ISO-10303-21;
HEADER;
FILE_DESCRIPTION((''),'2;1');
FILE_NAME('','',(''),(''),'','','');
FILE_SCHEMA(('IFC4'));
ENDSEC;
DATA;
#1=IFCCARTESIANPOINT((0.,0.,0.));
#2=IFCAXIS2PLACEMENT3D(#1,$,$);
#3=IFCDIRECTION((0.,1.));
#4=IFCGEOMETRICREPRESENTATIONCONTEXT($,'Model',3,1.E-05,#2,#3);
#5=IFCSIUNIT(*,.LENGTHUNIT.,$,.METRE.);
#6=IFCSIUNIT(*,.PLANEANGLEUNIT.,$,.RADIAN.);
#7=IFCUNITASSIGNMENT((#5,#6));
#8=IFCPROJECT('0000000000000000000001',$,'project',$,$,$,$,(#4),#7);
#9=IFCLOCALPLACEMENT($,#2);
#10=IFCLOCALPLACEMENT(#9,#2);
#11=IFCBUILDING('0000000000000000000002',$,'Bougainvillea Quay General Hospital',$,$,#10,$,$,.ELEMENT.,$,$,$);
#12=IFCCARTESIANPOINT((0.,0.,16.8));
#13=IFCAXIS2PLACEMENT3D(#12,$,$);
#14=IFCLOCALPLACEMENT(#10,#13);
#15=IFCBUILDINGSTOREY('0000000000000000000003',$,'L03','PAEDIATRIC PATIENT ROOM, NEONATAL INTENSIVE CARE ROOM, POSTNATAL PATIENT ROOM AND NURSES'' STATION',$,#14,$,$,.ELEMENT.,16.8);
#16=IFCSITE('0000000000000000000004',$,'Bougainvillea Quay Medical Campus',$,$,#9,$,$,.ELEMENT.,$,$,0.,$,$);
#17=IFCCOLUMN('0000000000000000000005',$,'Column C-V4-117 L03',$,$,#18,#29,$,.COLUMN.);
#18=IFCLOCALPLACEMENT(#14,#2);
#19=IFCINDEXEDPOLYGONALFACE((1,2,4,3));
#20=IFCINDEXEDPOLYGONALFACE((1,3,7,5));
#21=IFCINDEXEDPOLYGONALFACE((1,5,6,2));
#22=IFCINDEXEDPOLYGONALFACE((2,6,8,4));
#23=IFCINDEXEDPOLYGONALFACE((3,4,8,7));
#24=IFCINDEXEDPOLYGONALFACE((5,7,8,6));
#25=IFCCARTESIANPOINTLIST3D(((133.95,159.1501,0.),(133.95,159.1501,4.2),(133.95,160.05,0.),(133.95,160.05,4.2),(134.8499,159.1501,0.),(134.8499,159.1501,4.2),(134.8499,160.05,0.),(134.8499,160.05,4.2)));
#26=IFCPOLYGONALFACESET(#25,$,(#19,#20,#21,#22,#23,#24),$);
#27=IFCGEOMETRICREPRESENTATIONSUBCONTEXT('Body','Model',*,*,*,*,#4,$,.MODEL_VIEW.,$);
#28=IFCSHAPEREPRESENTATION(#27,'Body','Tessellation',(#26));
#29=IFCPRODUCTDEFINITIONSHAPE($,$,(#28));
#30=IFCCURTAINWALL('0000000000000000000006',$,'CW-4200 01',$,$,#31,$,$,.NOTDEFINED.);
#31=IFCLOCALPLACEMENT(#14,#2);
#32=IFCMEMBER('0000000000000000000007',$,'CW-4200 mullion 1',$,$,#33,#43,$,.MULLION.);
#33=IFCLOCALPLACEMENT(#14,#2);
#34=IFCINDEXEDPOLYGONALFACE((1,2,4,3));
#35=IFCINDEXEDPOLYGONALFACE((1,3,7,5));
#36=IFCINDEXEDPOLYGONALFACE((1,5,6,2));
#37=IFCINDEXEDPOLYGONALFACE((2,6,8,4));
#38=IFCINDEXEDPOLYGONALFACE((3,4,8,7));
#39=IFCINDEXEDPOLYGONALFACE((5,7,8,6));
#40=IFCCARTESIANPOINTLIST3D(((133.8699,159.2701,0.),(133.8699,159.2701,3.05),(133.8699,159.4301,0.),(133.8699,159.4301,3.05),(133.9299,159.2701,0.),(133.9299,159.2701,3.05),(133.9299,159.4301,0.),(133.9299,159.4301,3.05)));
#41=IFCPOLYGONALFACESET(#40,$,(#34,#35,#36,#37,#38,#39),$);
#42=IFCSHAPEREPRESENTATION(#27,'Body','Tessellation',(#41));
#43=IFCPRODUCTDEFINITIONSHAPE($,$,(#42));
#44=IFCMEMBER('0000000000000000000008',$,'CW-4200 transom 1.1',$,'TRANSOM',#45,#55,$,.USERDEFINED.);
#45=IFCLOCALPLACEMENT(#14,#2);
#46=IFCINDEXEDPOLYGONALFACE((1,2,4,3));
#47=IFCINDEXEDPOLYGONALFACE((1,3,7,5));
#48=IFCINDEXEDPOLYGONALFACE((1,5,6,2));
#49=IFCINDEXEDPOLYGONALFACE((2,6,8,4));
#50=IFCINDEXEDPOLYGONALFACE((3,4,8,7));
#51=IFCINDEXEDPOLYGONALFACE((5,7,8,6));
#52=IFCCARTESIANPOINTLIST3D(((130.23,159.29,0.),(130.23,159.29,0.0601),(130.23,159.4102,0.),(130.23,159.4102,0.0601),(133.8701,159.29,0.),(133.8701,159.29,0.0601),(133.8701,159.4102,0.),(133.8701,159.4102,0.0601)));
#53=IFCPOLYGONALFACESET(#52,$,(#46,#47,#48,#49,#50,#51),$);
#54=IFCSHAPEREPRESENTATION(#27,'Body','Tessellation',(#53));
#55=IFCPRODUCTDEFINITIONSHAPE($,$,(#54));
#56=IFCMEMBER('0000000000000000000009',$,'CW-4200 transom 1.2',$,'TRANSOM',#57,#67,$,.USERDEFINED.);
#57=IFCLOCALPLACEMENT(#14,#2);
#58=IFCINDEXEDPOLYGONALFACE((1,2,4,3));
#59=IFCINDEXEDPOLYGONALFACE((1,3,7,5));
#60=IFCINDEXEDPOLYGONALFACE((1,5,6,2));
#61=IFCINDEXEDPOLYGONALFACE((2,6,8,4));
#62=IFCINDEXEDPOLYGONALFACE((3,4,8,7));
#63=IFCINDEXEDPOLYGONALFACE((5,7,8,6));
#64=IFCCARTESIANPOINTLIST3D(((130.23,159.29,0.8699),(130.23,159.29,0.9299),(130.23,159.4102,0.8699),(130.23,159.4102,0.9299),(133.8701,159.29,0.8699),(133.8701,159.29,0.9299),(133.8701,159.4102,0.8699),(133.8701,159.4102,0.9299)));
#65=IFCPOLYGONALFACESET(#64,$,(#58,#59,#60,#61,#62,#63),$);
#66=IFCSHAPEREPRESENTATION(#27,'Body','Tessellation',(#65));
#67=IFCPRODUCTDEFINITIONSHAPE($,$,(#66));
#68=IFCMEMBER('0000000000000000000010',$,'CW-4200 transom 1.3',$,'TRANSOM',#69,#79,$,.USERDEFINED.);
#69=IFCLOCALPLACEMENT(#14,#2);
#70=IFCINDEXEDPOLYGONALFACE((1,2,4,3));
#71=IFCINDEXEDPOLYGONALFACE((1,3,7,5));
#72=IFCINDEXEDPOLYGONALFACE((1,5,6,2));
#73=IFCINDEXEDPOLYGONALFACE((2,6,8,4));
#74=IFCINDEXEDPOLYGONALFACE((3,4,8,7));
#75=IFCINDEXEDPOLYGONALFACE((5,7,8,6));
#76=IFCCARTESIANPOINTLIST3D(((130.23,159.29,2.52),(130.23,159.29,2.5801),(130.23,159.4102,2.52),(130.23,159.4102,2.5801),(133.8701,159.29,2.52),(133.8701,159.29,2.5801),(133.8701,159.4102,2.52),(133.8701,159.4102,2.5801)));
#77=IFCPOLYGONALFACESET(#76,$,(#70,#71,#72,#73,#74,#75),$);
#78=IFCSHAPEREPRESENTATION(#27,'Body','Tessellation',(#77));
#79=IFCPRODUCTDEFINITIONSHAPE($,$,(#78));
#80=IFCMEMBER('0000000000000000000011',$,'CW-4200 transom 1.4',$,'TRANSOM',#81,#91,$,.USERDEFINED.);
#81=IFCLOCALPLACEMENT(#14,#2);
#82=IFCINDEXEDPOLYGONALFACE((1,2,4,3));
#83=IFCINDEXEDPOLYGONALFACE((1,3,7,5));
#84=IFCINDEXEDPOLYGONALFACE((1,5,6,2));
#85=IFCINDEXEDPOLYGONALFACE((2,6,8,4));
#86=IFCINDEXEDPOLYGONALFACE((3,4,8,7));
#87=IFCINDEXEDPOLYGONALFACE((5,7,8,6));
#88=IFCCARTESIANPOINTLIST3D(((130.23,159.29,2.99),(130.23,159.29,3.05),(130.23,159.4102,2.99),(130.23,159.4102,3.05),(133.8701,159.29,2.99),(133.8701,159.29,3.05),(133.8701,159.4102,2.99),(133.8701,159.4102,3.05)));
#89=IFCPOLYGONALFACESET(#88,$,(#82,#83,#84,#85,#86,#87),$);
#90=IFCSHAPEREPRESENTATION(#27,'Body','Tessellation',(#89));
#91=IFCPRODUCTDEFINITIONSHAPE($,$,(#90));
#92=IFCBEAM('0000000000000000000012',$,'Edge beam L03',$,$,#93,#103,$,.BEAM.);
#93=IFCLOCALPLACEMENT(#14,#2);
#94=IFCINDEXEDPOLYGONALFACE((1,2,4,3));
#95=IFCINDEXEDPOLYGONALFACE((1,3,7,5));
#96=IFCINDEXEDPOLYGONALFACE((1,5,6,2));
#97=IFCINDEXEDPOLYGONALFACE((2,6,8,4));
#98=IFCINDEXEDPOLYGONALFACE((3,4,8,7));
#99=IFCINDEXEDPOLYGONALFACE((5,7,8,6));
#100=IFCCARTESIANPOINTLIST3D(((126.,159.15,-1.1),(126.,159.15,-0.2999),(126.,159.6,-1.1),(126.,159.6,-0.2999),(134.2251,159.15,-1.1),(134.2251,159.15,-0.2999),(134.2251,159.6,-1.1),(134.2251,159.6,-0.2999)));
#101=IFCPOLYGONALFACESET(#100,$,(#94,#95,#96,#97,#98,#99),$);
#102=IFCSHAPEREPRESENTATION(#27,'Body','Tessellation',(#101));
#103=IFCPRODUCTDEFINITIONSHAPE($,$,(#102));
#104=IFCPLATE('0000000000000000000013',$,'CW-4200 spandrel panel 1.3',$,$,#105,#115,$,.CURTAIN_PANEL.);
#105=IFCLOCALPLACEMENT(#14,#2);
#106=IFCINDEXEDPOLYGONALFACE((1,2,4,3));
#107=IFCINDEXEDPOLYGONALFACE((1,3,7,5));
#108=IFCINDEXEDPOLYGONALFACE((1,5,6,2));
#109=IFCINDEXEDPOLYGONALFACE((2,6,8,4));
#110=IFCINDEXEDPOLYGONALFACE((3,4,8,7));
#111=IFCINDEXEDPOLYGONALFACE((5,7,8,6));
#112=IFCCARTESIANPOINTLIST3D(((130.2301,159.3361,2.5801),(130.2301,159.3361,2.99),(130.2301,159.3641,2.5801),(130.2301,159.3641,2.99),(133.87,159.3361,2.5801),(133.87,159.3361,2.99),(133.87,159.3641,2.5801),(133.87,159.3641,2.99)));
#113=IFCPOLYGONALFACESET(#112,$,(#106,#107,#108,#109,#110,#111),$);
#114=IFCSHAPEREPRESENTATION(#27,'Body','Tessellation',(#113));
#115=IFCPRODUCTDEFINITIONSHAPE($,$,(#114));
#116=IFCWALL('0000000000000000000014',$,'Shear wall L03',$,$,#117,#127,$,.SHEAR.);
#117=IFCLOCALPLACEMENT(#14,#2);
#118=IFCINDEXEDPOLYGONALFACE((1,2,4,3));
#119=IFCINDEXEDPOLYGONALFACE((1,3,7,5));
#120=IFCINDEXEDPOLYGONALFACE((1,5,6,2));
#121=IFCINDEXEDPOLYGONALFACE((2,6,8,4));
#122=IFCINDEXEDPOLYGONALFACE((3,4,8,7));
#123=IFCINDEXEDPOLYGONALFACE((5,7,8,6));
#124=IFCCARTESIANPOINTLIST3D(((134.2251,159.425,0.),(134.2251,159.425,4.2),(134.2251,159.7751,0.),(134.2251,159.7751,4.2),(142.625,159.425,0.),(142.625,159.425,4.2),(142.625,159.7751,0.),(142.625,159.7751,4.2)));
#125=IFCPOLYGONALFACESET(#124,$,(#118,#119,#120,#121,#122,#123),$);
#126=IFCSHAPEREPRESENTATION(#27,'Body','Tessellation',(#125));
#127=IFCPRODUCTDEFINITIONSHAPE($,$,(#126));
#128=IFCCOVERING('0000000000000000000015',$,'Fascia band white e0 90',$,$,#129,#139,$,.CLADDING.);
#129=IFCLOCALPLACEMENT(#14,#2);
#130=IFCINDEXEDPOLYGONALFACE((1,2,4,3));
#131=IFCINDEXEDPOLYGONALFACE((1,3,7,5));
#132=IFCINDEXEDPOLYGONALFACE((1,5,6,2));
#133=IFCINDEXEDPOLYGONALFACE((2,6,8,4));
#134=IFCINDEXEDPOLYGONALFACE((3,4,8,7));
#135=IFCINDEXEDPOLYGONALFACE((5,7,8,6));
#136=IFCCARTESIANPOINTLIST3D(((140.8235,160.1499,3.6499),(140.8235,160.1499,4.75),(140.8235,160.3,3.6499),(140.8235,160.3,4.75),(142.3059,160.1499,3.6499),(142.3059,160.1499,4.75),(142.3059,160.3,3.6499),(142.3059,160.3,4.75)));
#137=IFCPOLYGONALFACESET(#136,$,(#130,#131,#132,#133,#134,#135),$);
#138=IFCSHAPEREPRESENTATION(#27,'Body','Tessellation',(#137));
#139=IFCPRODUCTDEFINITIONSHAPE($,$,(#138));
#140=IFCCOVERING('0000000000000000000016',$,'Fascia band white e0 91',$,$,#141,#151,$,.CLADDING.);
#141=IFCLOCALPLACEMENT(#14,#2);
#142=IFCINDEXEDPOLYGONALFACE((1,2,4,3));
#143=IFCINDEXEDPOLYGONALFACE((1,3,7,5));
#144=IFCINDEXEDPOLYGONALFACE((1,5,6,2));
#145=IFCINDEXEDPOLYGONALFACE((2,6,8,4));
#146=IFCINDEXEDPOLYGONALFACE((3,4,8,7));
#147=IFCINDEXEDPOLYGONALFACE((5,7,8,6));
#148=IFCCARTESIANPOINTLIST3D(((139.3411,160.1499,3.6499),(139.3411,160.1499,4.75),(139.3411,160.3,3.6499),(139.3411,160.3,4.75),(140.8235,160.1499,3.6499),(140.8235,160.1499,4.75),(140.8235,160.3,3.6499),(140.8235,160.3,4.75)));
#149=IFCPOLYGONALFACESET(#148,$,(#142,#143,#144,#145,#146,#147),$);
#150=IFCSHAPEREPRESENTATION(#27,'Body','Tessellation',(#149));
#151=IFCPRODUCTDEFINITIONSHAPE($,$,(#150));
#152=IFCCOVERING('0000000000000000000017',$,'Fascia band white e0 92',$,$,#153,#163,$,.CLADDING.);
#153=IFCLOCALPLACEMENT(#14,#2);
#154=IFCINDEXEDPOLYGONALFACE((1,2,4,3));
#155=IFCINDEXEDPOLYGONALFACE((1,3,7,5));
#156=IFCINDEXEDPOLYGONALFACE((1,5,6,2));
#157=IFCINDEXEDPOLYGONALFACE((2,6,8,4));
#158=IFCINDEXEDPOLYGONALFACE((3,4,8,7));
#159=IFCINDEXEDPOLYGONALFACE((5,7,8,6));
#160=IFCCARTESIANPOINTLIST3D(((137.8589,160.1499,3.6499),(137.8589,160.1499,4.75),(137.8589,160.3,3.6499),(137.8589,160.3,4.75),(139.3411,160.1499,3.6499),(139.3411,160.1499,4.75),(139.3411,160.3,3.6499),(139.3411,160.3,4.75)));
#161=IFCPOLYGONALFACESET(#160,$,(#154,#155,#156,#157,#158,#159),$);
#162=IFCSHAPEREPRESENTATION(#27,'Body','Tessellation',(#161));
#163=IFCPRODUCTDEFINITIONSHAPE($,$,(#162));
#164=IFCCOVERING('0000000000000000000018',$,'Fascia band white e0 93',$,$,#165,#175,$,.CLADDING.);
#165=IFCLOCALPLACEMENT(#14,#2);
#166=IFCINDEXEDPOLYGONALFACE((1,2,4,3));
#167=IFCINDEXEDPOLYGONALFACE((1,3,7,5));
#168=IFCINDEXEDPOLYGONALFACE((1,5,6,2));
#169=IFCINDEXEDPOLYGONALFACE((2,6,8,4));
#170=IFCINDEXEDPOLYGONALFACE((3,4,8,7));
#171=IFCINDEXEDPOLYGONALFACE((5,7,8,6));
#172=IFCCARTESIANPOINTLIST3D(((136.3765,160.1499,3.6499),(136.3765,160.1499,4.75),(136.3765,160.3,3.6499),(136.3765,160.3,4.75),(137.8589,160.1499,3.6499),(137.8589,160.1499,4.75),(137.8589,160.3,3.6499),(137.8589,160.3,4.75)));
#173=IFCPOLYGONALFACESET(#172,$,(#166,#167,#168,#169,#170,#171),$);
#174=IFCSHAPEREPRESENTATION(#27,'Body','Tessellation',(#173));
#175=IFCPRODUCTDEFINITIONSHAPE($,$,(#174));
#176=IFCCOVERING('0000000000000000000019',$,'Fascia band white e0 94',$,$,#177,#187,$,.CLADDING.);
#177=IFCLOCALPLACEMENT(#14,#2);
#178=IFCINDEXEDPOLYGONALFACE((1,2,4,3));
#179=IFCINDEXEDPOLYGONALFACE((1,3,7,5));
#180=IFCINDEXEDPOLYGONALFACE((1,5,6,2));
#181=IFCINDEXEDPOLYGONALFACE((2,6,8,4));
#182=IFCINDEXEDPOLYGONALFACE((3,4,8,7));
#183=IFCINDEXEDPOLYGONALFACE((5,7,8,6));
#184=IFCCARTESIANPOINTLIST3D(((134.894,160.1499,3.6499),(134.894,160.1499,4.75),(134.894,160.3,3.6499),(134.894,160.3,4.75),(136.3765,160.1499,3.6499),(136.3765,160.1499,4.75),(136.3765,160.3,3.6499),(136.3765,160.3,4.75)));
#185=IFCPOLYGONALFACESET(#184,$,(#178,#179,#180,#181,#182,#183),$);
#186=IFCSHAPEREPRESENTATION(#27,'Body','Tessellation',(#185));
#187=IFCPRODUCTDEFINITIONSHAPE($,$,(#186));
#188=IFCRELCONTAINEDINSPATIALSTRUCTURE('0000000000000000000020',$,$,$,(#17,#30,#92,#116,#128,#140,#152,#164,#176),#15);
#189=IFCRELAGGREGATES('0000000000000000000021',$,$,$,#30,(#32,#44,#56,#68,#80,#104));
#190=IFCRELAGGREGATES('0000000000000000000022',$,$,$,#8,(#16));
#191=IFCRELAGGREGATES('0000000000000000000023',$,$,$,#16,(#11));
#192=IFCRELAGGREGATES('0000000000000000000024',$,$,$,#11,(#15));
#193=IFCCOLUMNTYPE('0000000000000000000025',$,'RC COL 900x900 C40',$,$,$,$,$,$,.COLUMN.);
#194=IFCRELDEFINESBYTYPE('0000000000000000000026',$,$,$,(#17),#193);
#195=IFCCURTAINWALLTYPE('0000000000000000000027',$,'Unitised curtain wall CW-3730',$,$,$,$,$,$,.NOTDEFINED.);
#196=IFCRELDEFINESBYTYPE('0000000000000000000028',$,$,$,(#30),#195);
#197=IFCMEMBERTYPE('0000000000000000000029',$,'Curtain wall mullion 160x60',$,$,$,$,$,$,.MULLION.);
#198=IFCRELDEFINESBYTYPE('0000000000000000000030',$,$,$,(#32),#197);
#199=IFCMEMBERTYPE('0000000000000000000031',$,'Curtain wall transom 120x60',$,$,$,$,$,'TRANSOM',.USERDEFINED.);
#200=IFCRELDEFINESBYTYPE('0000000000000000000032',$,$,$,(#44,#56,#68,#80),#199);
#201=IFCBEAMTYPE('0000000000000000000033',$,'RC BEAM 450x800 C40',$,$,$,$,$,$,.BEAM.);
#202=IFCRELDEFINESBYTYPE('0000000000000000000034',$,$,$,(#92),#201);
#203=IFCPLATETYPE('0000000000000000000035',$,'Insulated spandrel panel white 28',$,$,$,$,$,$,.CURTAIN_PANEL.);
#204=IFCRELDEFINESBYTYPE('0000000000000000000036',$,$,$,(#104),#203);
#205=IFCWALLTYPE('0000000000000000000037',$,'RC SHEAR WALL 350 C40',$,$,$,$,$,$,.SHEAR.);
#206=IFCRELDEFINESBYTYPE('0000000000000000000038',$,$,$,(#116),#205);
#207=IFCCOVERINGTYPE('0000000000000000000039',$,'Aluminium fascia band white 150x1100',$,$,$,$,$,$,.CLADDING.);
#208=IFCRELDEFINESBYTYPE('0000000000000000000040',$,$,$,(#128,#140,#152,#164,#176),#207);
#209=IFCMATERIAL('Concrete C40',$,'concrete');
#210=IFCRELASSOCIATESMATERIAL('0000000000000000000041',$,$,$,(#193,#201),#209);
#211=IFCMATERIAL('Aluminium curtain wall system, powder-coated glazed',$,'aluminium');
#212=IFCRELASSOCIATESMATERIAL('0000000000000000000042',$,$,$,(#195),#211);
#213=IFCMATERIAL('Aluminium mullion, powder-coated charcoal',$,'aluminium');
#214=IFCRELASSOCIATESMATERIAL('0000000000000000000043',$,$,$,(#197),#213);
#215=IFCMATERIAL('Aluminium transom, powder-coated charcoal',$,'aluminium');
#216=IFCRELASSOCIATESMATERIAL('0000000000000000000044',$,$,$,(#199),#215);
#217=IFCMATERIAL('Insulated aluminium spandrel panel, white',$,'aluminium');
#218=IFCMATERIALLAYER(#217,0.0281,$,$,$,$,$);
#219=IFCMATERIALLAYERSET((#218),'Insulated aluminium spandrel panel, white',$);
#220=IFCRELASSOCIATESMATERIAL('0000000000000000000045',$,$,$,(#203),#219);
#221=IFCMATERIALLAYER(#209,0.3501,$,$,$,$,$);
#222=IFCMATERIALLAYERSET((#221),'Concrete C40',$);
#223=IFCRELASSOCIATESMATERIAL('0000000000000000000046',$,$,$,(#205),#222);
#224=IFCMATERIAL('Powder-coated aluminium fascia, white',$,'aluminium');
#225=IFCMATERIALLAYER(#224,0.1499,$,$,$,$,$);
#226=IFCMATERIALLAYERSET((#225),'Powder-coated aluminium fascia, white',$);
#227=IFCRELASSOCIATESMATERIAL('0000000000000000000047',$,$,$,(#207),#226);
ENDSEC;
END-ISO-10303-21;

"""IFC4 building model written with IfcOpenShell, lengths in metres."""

from ifc_helpers import new_model, si_unit, direction, frame, frame_2d, origin, origin_2d, place, context, subcontext, project, spatial, polyline, rectangle, outline, extrude, material, layer, layer_set, material_profile, profile_set, type_object, element, aggregate, save


model = new_model("IFC4")

# Units and contexts
model_context = context("Model", 3, precision=1e-05, world=origin(), true_north=direction((0.0, 1.0)))
body_context = subcontext(model_context, "Body", "Model", "MODEL_VIEW")
ifc_project = project(units=[si_unit("LENGTHUNIT", "METRE"), si_unit("PLANEANGLEUNIT", "RADIAN")], contexts=[model_context])

# Site, building, storey
site_placement = place(None, origin())
site = spatial("IfcSite", under=ifc_project, at=site_placement, Name="Bougainvillea Quay Medical Campus", CompositionType="ELEMENT", RefElevation=0.0)
building_placement = place(site_placement, origin())
building = spatial("IfcBuilding", under=site, at=building_placement, Name="Bougainvillea Quay General Hospital", CompositionType="ELEMENT")
storey_placement = place(building_placement, frame((0.0, 0.0, 16.8)))
storey = spatial("IfcBuildingStorey", under=building, at=storey_placement, Name="L03", Description="PAEDIATRIC PATIENT ROOM, NEONATAL INTENSIVE CARE ROOM, POSTNATAL PATIENT ROOM AND NURSES' STATION", CompositionType="ELEMENT", Elevation=16.8)

# Column
ifc_material_1 = material(Name="Concrete C40", Category="concrete")
ifc_material_profile_1 = material_profile(ifc_material_1, rectangle(XDim=0.8999, YDim=0.8999, at=origin_2d()))
ifc_profile_set_1 = profile_set([ifc_material_profile_1], Name="Concrete C40")
column_type = type_object("IfcColumnType", Name="RC COL 900x900 C40", PredefinedType="COLUMN", material=ifc_profile_set_1)
column_placement = place(storey_placement, frame((134.3999, 159.6001, 0.0), z_axis=(0.0, 0.0, 1.0), x_axis=(1.0, 0.0, 0.0)))
element("IfcColumn", 1, at=column_placement, inside=storey, type_object=column_type, Name="Column C-V4-117 L03", PredefinedType="COLUMN", context=body_context, shape_type="SweptSolid", body=[
    extrude(rectangle(XDim=0.8999, YDim=0.8999, at=origin_2d()), origin(), (0.0, 0.0, 1.0), 4.2),
])

# Curtain wall, members
ifc_material_2 = material(Name="Aluminium curtain wall system, powder-coated glazed", Category="aluminium")
curtain_wall_type = type_object("IfcCurtainWallType", Name="Unitised curtain wall CW-3730", PredefinedType="NOTDEFINED", material=ifc_material_2)
curtain_wall_placement = place(storey_placement, origin())
curtain_wall = element("IfcCurtainWall", 2, at=curtain_wall_placement, inside=storey, type_object=curtain_wall_type, Name="CW-4200 01", PredefinedType="NOTDEFINED")
ifc_material_3 = material(Name="Aluminium mullion, powder-coated charcoal", Category="aluminium")
ifc_material_profile_2 = material_profile(ifc_material_3, rectangle(XDim=0.1599, YDim=0.0601, at=origin_2d()))
ifc_profile_set_2 = profile_set([ifc_material_profile_2], Name="Aluminium mullion, powder-coated charcoal")
member_type_1 = type_object("IfcMemberType", Name="Curtain wall mullion 160x60", PredefinedType="MULLION", material=ifc_profile_set_2)
member_1_placement = place(storey_placement, frame((133.8999, 159.3501, 0.0), z_axis=(0.0, 0.0, 1.0), x_axis=(0.0, -1.0, 0.0)))
member_1 = element("IfcMember", 3, at=member_1_placement, type_object=member_type_1, Name="CW-4200 mullion 1", PredefinedType="MULLION", context=body_context, shape_type="SweptSolid", body=[
    extrude(rectangle(XDim=0.1599, YDim=0.0601, at=origin_2d()), origin(), (0.0, 0.0, 1.0), 3.05),
])
ifc_material_4 = material(Name="Aluminium transom, powder-coated charcoal", Category="aluminium")
ifc_material_profile_3 = material_profile(ifc_material_4, rectangle(XDim=0.1201, YDim=0.0601, at=origin_2d()))
ifc_profile_set_3 = profile_set([ifc_material_profile_3], Name="Aluminium transom, powder-coated charcoal")
member_type_2 = type_object("IfcMemberType", Name="Curtain wall transom 120x60", ElementType="TRANSOM", PredefinedType="USERDEFINED", material=ifc_profile_set_3)
member_2_placement = place(storey_placement, frame((133.8701, 159.3501, 0.03), z_axis=(-1.0, 0.0, 0.0), x_axis=(0.0, -1.0, 0.0)))
member_2 = element("IfcMember", 4, at=member_2_placement, type_object=member_type_2, Name="CW-4200 transom 1.1", ObjectType="TRANSOM", PredefinedType="USERDEFINED", context=body_context, shape_type="SweptSolid", body=[
    extrude(rectangle(XDim=0.1201, YDim=0.0601, at=origin_2d()), origin(), (0.0, 0.0, 1.0), 3.6401),
])
member_3_placement = place(storey_placement, frame((133.8701, 159.3501, 0.8999), z_axis=(-1.0, 0.0, 0.0), x_axis=(0.0, -1.0, 0.0)))
member_3 = element("IfcMember", 5, at=member_3_placement, type_object=member_type_2, Name="CW-4200 transom 1.2", ObjectType="TRANSOM", PredefinedType="USERDEFINED", context=body_context, shape_type="SweptSolid", body=[
    extrude(rectangle(XDim=0.1201, YDim=0.0601, at=origin_2d()), origin(), (0.0, 0.0, 1.0), 3.6401),
])
member_4_placement = place(storey_placement, frame((133.8701, 159.3501, 2.55), z_axis=(-1.0, 0.0, 0.0), x_axis=(0.0, -1.0, 0.0)))
member_4 = element("IfcMember", 6, at=member_4_placement, type_object=member_type_2, Name="CW-4200 transom 1.3", ObjectType="TRANSOM", PredefinedType="USERDEFINED", context=body_context, shape_type="SweptSolid", body=[
    extrude(rectangle(XDim=0.1201, YDim=0.0601, at=origin_2d()), origin(), (0.0, 0.0, 1.0), 3.6401),
])
member_5_placement = place(storey_placement, frame((133.8701, 159.3501, 3.02), z_axis=(-1.0, 0.0, 0.0), x_axis=(0.0, -1.0, 0.0)))
member_5 = element("IfcMember", 7, at=member_5_placement, type_object=member_type_2, Name="CW-4200 transom 1.4", ObjectType="TRANSOM", PredefinedType="USERDEFINED", context=body_context, shape_type="SweptSolid", body=[
    extrude(rectangle(XDim=0.1201, YDim=0.0601, at=origin_2d()), origin(), (0.0, 0.0, 1.0), 3.6401),
])

# Beam
ifc_material_profile_4 = material_profile(ifc_material_1, rectangle(XDim=0.45, YDim=0.8, at=origin_2d()))
ifc_profile_set_4 = profile_set([ifc_material_profile_4], Name="Concrete C40")
beam_type = type_object("IfcBeamType", Name="RC BEAM 450x800 C40", PredefinedType="BEAM", material=ifc_profile_set_4)
beam_placement = place(storey_placement, frame((134.2251, 159.375, -0.7), z_axis=(-1.0, 0.0, 0.0), x_axis=(0.0, -1.0, 0.0)))
element("IfcBeam", 8, at=beam_placement, inside=storey, type_object=beam_type, Name="Edge beam L03", PredefinedType="BEAM", context=body_context, shape_type="SweptSolid", body=[
    extrude(rectangle(XDim=0.45, YDim=0.8, at=origin_2d()), origin(), (0.0, 0.0, 1.0), 8.2251),
])

# Plate
ifc_material_5 = material(Name="Insulated aluminium spandrel panel, white", Category="aluminium")
ifc_layer_1 = layer(ifc_material_5, 0.0281)
ifc_layer_set_1 = layer_set([ifc_layer_1], Name="Insulated aluminium spandrel panel, white")
plate_type = type_object("IfcPlateType", Name="Insulated spandrel panel white 28", PredefinedType="CURTAIN_PANEL", material=ifc_layer_set_1)
plate_placement = place(storey_placement, frame((132.05, 159.3501, 2.5801), z_axis=(0.0, 0.0, 1.0), x_axis=(-1.0, 0.0, 0.0)))
plate = element("IfcPlate", 9, at=plate_placement, type_object=plate_type, Name="CW-4200 spandrel panel 1.3", PredefinedType="CURTAIN_PANEL", context=body_context, shape_type="SweptSolid", body=[
    extrude(rectangle(XDim=3.6399, YDim=0.0281, at=origin_2d()), origin(), (0.0, 0.0, 1.0), 0.4099),
])
aggregate(curtain_wall, [member_1, member_2, member_3, member_4, member_5, plate])

# Wall
ifc_layer_2 = layer(ifc_material_1, 0.3501)
ifc_layer_set_2 = layer_set([ifc_layer_2], Name="Concrete C40")
wall_type = type_object("IfcWallType", Name="RC SHEAR WALL 350 C40", PredefinedType="SHEAR", material=ifc_layer_set_2)
wall_placement = place(storey_placement, frame((134.2251, 159.6001, 0.0), z_axis=(0.0, 0.0, 1.0), x_axis=(1.0, 0.0, 0.0)))
element("IfcWall", 10, at=wall_placement, inside=storey, type_object=wall_type, Name="Shear wall L03", PredefinedType="SHEAR", context=body_context, shape_type="SweptSolid", body=[
    extrude(rectangle(XDim=8.3999, YDim=0.3501, at=frame_2d((4.2, 0.0))), origin(), (0.0, 0.0, 1.0), 4.2),
])

# Coverings
ifc_material_6 = material(Name="Powder-coated aluminium fascia, white", Category="aluminium")
ifc_layer_3 = layer(ifc_material_6, 0.1499)
ifc_layer_set_3 = layer_set([ifc_layer_3], Name="Powder-coated aluminium fascia, white")
covering_type = type_object("IfcCoveringType", Name="Aluminium fascia band white 150x1100", PredefinedType="CLADDING", material=ifc_layer_set_3)
for number, where, z_axis, x_axis, name in (
    (11, (142.3059, 160.1499, 3.6499), (0.0, 0.0, 1.0), (-1.0, 0.0, 0.0), "Fascia band white e0 90"),
    (12, (140.8235, 160.1499, 3.6499), (0.0, 0.0, 1.0), (-1.0, 0.0, 0.0), "Fascia band white e0 91"),
):
    element("IfcCovering", number, at=place(storey_placement, frame(where, z_axis=z_axis, x_axis=x_axis)), inside=storey, type_object=covering_type, Name=name, PredefinedType="CLADDING", context=body_context, shape_type="SweptSolid", body=[
        extrude(outline(polyline([(0.0, 0.0), (1.4824, 0.0), (1.4824, -0.1501), (0.0, -0.1501), (0.0, 0.0)])), origin(), (0.0, 0.0, 1.0), 1.1001),
    ])
covering_1_placement = place(storey_placement, frame((139.3411, 160.1499, 3.6499), z_axis=(0.0, 0.0, 1.0), x_axis=(-1.0, 0.0, 0.0)))
element("IfcCovering", 13, at=covering_1_placement, inside=storey, type_object=covering_type, Name="Fascia band white e0 92", PredefinedType="CLADDING", context=body_context, shape_type="SweptSolid", body=[
    extrude(outline(polyline([(0.0, 0.0), (1.4822, 0.0), (1.4822, -0.1501), (0.0, -0.1501), (0.0, 0.0)])), origin(), (0.0, 0.0, 1.0), 1.1001),
])
for number, where, z_axis, x_axis, name in (
    (14, (137.8589, 160.1499, 3.6499), (0.0, 0.0, 1.0), (-1.0, 0.0, 0.0), "Fascia band white e0 93"),
    (15, (136.3765, 160.1499, 3.6499), (0.0, 0.0, 1.0), (-1.0, 0.0, 0.0), "Fascia band white e0 94"),
):
    element("IfcCovering", number, at=place(storey_placement, frame(where, z_axis=z_axis, x_axis=x_axis)), inside=storey, type_object=covering_type, Name=name, PredefinedType="CLADDING", context=body_context, shape_type="SweptSolid", body=[
        extrude(outline(polyline([(0.0, 0.0), (1.4824, 0.0), (1.4824, -0.1501), (0.0, -0.1501), (0.0, 0.0)])), origin(), (0.0, 0.0, 1.0), 1.1001),
    ])

save(model, "model.ifc")
